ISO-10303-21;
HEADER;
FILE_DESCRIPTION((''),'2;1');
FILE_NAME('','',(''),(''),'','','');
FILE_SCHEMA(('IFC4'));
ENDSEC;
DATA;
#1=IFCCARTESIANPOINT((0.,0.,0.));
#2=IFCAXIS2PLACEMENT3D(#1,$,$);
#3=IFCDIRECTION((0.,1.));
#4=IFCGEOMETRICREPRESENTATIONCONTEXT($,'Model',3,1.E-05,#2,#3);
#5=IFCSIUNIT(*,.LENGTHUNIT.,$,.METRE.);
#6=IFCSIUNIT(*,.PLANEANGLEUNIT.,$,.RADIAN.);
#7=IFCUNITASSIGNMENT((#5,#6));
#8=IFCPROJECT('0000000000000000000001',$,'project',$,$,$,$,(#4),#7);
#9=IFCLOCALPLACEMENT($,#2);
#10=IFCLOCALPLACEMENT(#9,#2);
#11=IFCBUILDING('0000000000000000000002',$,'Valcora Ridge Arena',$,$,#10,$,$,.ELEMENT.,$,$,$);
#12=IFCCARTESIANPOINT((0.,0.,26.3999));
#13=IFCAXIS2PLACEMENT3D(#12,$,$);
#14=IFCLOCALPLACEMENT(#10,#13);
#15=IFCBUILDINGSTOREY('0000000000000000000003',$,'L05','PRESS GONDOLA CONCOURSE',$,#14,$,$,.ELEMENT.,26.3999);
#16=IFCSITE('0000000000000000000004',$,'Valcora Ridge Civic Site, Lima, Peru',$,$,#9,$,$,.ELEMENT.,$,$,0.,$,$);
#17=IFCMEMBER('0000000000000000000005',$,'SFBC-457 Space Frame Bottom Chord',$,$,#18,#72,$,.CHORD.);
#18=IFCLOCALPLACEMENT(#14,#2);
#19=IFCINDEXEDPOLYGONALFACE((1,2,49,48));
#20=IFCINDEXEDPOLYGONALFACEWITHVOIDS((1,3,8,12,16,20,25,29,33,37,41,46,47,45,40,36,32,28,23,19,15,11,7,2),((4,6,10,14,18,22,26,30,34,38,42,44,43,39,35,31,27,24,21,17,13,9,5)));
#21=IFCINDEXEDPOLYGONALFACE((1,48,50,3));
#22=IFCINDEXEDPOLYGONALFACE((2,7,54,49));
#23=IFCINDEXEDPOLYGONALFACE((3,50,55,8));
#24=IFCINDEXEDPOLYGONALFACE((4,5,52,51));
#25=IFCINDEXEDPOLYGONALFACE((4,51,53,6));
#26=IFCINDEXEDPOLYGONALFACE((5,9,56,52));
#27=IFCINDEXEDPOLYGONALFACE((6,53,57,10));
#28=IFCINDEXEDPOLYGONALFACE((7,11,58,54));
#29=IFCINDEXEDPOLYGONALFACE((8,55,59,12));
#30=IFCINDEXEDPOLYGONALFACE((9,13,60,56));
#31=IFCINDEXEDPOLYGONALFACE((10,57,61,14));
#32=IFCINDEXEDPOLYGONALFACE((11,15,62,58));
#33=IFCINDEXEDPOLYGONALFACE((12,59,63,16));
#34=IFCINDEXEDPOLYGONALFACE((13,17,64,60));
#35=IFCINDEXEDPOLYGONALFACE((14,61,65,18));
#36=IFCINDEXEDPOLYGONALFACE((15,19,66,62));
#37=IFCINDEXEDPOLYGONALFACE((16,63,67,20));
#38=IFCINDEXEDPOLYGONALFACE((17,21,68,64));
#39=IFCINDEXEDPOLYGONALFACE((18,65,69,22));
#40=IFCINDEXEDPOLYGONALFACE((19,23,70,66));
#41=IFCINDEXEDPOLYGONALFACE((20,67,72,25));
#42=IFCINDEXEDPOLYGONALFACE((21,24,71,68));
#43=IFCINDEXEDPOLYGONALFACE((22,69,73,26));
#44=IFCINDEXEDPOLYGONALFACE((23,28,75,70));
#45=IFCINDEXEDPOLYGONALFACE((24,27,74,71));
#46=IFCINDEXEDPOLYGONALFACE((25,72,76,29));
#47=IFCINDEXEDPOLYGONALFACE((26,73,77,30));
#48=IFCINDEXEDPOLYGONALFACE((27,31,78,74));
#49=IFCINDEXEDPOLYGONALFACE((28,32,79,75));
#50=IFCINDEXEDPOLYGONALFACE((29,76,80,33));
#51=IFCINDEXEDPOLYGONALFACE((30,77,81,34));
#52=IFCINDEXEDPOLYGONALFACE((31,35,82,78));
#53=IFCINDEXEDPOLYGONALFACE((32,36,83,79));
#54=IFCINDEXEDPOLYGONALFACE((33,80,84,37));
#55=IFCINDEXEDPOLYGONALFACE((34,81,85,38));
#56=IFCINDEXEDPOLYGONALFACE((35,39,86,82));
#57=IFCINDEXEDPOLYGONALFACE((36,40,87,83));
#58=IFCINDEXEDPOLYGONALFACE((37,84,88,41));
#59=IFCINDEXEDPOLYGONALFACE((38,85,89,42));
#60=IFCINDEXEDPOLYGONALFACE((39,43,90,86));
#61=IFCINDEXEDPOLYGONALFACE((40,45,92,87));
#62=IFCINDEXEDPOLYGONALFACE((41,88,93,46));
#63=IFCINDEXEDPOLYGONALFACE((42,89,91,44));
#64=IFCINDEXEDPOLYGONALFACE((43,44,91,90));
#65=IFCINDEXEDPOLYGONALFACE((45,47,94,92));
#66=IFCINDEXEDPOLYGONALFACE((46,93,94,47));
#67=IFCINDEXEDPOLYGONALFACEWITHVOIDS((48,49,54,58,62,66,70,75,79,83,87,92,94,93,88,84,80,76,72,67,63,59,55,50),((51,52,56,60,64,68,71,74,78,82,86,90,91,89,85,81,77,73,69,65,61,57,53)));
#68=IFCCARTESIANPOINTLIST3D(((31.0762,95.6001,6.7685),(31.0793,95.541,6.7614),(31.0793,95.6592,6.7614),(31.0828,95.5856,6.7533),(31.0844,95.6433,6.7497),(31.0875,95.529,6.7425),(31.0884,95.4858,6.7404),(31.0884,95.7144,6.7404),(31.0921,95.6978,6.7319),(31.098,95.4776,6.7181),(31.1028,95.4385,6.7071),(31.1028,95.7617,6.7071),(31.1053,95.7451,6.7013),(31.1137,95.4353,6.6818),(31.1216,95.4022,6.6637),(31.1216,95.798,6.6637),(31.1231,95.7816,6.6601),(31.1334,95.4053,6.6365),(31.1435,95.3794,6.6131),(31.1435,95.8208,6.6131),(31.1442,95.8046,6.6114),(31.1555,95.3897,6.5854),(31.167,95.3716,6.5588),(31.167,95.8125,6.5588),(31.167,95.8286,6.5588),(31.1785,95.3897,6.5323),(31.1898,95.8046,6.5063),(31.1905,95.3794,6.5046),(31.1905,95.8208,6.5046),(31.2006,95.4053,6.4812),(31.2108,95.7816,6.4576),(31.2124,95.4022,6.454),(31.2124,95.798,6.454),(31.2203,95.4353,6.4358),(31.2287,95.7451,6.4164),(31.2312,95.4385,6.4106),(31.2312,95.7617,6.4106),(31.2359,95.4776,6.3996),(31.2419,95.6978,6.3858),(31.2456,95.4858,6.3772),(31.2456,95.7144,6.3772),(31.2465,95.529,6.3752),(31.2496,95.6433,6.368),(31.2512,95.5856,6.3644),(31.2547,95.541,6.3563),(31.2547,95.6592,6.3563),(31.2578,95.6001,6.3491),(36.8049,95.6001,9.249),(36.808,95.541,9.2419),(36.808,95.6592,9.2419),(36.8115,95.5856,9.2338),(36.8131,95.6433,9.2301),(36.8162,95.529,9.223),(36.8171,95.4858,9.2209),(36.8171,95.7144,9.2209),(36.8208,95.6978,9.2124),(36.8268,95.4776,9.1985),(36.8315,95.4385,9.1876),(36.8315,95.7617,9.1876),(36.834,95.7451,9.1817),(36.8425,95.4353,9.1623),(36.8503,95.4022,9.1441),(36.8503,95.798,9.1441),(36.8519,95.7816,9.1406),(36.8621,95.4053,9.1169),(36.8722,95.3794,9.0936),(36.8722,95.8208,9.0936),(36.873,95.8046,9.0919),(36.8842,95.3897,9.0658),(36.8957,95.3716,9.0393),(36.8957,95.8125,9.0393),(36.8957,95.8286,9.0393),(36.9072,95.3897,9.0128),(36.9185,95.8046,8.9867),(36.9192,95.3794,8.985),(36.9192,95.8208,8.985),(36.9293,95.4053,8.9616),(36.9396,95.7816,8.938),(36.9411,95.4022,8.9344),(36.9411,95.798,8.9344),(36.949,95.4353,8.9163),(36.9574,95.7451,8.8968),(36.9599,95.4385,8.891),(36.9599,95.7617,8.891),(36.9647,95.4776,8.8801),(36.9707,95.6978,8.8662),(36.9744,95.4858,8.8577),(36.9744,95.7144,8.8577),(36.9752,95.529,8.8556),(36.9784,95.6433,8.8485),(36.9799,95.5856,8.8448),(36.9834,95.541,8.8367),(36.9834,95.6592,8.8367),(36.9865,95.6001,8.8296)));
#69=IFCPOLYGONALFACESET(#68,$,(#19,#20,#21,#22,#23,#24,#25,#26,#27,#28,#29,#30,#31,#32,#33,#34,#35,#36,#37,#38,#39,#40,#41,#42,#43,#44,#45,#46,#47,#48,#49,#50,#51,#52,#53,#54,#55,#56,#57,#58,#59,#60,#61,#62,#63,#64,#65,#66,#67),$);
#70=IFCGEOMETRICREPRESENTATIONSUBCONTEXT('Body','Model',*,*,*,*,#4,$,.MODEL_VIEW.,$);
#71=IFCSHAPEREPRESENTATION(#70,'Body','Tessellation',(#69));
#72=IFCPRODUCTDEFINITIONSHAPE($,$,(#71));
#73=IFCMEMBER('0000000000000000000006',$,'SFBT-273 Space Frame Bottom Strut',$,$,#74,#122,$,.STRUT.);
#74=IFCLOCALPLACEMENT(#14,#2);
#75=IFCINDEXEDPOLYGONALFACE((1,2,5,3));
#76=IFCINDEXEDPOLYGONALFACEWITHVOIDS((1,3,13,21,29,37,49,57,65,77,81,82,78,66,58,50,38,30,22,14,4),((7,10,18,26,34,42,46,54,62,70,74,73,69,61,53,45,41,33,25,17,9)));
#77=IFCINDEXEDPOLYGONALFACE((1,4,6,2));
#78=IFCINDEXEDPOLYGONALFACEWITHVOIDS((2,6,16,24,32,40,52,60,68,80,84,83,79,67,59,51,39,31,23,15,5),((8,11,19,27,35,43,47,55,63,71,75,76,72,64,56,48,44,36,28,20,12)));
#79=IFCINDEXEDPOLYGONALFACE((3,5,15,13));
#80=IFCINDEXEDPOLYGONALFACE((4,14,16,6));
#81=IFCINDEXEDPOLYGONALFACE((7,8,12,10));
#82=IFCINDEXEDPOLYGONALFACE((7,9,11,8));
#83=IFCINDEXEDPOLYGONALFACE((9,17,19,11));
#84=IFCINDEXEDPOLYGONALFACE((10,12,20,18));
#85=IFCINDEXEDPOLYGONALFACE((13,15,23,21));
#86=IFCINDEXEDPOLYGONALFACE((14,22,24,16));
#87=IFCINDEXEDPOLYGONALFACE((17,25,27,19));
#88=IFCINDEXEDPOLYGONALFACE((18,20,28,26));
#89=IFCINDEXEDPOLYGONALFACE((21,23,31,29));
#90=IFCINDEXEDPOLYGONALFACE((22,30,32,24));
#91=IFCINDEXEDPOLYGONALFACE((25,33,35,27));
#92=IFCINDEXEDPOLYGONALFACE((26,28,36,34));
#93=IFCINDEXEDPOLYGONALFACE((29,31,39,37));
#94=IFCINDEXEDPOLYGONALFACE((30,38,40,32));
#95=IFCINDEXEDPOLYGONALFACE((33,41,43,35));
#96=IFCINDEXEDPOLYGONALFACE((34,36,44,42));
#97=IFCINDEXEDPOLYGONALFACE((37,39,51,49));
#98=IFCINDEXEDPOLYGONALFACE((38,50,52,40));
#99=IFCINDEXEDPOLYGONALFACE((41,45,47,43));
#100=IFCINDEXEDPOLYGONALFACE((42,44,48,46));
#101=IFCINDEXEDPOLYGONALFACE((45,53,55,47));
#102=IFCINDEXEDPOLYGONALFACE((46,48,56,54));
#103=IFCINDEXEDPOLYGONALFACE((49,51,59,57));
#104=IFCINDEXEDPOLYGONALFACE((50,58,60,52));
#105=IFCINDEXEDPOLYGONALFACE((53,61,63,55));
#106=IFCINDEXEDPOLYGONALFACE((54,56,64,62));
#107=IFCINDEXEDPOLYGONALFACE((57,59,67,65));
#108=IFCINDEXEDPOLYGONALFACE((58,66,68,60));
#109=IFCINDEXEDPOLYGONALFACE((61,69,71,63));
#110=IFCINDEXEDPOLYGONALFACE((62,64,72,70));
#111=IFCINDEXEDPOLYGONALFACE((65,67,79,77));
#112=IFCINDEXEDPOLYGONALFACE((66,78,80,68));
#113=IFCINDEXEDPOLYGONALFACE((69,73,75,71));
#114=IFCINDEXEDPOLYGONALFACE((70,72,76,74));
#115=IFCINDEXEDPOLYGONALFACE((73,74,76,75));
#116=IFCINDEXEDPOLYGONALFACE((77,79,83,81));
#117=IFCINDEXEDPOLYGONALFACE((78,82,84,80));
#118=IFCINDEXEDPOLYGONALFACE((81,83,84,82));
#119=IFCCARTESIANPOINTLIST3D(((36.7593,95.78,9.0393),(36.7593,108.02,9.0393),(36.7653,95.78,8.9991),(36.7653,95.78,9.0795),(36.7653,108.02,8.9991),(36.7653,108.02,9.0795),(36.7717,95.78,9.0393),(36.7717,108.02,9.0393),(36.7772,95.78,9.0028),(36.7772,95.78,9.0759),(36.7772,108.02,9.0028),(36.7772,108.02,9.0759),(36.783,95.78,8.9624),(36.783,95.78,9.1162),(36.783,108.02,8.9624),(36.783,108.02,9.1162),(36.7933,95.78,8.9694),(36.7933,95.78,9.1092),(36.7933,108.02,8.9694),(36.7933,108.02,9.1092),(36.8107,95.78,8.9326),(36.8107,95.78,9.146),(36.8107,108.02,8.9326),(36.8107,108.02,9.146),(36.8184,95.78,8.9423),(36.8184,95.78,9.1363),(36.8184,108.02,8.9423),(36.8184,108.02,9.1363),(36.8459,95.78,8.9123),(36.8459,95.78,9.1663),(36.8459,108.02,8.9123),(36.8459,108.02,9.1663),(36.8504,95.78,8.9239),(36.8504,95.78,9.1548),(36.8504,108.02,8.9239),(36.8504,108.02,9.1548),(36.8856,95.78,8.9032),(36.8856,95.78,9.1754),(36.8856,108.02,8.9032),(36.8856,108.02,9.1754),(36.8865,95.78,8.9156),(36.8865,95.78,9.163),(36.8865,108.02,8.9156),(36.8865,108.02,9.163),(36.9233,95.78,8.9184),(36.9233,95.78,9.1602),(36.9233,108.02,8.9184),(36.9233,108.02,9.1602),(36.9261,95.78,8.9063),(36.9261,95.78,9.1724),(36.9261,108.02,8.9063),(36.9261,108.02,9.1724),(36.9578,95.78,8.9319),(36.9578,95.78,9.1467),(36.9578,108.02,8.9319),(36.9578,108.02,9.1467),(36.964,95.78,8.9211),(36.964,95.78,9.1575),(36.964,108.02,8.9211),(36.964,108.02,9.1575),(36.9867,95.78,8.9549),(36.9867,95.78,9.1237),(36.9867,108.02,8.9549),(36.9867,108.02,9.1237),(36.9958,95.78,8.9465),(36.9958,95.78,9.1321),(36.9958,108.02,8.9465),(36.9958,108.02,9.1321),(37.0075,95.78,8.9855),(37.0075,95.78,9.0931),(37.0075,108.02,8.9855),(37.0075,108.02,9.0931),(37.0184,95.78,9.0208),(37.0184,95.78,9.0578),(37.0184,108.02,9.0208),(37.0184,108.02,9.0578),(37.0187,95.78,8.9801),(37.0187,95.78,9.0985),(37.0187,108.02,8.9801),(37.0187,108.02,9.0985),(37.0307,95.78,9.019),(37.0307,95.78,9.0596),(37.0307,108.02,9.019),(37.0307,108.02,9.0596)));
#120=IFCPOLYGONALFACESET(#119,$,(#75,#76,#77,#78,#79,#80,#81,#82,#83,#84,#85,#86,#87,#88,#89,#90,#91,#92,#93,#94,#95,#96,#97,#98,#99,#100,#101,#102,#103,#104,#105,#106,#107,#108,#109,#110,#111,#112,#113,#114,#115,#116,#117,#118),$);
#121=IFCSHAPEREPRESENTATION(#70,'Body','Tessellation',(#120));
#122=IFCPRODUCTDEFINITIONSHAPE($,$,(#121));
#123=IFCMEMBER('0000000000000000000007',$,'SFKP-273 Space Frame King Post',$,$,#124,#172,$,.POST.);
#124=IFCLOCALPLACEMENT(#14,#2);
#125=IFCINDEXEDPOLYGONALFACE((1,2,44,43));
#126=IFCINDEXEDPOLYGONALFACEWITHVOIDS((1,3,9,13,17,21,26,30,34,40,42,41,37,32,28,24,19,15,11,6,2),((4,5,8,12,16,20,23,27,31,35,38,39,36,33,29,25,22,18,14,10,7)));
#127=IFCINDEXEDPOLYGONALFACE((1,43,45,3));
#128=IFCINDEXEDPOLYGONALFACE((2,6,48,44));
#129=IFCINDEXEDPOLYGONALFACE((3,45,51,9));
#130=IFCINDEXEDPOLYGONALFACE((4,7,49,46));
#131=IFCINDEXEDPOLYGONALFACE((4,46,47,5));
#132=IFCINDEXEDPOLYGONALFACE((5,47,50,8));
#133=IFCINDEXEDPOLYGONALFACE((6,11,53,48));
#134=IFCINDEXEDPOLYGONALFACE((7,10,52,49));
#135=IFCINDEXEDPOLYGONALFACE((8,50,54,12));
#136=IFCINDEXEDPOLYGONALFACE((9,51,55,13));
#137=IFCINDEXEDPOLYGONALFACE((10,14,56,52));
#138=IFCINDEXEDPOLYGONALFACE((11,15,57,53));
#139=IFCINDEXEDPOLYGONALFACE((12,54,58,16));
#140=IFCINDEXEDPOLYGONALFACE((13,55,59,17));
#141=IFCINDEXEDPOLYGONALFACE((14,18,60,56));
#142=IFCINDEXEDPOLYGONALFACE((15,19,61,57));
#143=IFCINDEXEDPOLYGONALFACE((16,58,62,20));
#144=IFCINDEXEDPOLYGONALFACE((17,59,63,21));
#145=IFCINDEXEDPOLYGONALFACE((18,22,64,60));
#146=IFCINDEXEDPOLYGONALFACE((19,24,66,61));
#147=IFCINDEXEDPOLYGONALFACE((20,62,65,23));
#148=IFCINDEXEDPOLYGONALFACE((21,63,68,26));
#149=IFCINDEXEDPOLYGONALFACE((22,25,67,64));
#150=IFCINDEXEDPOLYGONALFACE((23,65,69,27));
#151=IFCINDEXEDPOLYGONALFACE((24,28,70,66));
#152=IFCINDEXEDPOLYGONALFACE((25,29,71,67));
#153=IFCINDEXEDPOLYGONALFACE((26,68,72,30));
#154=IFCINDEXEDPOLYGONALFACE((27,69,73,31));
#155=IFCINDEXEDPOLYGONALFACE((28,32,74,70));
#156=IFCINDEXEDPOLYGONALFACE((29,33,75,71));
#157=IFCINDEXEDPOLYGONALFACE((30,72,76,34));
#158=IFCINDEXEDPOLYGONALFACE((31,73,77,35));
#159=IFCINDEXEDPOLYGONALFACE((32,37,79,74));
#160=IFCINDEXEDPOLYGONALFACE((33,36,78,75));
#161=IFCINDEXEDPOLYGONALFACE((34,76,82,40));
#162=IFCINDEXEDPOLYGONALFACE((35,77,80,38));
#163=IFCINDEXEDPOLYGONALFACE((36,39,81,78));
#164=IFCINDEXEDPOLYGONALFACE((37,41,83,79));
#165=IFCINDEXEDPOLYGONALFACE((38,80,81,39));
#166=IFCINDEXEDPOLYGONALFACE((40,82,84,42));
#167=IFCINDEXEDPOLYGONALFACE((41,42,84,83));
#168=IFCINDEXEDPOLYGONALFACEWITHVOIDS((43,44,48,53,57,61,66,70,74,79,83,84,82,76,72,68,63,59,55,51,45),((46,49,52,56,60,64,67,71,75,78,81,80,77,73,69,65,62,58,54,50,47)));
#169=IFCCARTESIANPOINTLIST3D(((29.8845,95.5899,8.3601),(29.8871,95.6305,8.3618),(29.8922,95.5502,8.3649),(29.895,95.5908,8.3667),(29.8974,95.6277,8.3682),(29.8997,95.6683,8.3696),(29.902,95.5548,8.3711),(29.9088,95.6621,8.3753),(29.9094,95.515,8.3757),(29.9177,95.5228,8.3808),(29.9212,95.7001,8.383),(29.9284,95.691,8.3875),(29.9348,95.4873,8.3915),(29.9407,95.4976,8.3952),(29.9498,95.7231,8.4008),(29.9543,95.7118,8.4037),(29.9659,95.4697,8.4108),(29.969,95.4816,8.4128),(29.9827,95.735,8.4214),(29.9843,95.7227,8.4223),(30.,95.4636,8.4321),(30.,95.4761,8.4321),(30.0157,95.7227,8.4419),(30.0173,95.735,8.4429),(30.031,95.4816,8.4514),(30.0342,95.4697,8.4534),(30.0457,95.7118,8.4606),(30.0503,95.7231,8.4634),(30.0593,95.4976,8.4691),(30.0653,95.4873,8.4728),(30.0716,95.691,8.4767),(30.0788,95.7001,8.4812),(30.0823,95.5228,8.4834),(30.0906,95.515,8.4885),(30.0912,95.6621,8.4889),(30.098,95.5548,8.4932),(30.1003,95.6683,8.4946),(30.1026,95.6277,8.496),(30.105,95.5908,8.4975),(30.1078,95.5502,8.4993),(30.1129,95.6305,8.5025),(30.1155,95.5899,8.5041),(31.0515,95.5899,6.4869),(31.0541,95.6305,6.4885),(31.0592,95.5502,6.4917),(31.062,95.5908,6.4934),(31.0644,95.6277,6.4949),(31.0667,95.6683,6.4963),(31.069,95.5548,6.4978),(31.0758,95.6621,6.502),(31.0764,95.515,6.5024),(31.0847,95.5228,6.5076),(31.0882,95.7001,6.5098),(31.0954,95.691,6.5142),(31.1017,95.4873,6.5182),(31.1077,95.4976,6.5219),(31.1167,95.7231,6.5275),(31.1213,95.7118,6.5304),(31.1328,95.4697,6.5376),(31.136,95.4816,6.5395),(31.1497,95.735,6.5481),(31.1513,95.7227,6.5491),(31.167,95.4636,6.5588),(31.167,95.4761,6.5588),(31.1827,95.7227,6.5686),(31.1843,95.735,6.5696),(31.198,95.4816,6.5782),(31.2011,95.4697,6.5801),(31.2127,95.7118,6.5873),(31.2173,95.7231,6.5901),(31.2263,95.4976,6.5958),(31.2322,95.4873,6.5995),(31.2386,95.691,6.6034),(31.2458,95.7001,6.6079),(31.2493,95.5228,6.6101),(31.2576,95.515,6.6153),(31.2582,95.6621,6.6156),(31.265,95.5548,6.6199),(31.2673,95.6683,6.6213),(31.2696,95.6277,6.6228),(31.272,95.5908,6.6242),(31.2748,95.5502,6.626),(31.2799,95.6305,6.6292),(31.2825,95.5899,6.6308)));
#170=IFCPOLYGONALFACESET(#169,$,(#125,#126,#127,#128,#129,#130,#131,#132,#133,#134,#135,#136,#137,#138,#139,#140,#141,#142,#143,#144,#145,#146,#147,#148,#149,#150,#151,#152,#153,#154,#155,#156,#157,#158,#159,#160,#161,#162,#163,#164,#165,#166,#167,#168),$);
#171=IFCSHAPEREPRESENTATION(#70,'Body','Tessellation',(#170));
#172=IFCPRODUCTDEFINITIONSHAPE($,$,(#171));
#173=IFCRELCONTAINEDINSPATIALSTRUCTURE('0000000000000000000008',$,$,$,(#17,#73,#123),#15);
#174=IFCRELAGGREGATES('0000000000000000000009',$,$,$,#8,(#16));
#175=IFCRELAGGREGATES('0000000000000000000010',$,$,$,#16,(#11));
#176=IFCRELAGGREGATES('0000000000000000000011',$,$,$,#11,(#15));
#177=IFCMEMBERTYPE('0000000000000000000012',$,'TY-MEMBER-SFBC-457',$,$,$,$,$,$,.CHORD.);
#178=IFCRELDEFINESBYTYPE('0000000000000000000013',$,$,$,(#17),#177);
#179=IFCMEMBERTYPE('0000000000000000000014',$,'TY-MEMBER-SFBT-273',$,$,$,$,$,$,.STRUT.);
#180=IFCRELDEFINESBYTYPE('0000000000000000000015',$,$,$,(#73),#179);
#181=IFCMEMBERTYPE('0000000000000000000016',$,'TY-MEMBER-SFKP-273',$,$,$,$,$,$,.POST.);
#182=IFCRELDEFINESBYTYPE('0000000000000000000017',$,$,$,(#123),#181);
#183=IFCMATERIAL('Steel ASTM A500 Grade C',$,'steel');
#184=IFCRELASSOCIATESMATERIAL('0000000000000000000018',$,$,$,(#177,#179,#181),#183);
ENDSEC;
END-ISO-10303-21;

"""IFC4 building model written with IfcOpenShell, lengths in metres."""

from ifc_helpers import new_model, si_unit, direction, frame, origin, origin_2d, place, context, subcontext, project, spatial, hollow_circle, extrude, material, material_profile, profile_set, type_object, element, save


model = new_model("IFC4")

# Units and contexts
model_context = context("Model", 3, precision=1e-05, world=origin(), true_north=direction((0.0, 1.0)))
body_context = subcontext(model_context, "Body", "Model", "MODEL_VIEW")
ifc_project = project(units=[si_unit("LENGTHUNIT", "METRE"), si_unit("PLANEANGLEUNIT", "RADIAN")], contexts=[model_context])

# Site, building, storey
site_placement = place(None, origin())
site = spatial("IfcSite", under=ifc_project, at=site_placement, Name="Valcora Ridge Civic Site, Lima, Peru", CompositionType="ELEMENT", RefElevation=0.0)
building_placement = place(site_placement, origin())
building = spatial("IfcBuilding", under=site, at=building_placement, Name="Valcora Ridge Arena", CompositionType="ELEMENT")
storey_placement = place(building_placement, frame((0.0, 0.0, 26.3999)))
storey = spatial("IfcBuildingStorey", under=building, at=storey_placement, Name="L05", Description="PRESS GONDOLA CONCOURSE", CompositionType="ELEMENT", Elevation=26.3999)

# Members
ifc_material_1 = material(Name="Steel ASTM A500 Grade C", Category="steel")
ifc_material_profile_1 = material_profile(ifc_material_1, hollow_circle(Radius=0.2285, WallThickness=0.0161, at=origin_2d()), Name="CHS457X16")
ifc_profile_set_1 = profile_set([ifc_material_profile_1], Name="Steel ASTM A500 Grade C")
member_type_1 = type_object("IfcMemberType", Name="TY-MEMBER-SFBC-457", PredefinedType="CHORD", material=ifc_profile_set_1)
member_1_placement = place(storey_placement, frame((31.167, 95.6001, 6.5588), z_axis=(0.917672, 0.0, 0.397339), x_axis=(0.0, 1.0, 0.0)))
element("IfcMember", 1, at=member_1_placement, inside=storey, type_object=member_type_1, Name="SFBC-457 Space Frame Bottom Chord", PredefinedType="CHORD", context=body_context, shape_type="SweptSolid", body=[
    extrude(hollow_circle(Radius=0.2285, WallThickness=0.0161, at=origin_2d()), origin(), (0.0, 0.0, 1.0), 6.2427),
])
ifc_material_profile_2 = material_profile(ifc_material_1, hollow_circle(Radius=0.1365, WallThickness=0.0125, at=origin_2d()), Name="CHS273X12")
ifc_profile_set_2 = profile_set([ifc_material_profile_2], Name="Steel ASTM A500 Grade C")
member_type_2 = type_object("IfcMemberType", Name="TY-MEMBER-SFBT-273", PredefinedType="STRUT", material=ifc_profile_set_2)
member_2_placement = place(storey_placement, frame((36.8958, 95.78, 9.0393), z_axis=(0.0, 1.0, 0.0), x_axis=(-1.0, 0.0, 0.0)))
element("IfcMember", 2, at=member_2_placement, inside=storey, type_object=member_type_2, Name="SFBT-273 Space Frame Bottom Strut", PredefinedType="STRUT", context=body_context, shape_type="SweptSolid", body=[
    extrude(hollow_circle(Radius=0.1365, WallThickness=0.0125, at=origin_2d()), origin(), (0.0, 0.0, 1.0), 12.24),
])
ifc_material_profile_3 = material_profile(ifc_material_1, hollow_circle(Radius=0.1365, WallThickness=0.0125, at=origin_2d()), Name="CHS273X12")
ifc_profile_set_3 = profile_set([ifc_material_profile_3], Name="Steel ASTM A500 Grade C")
member_type_3 = type_object("IfcMemberType", Name="TY-MEMBER-SFKP-273", PredefinedType="POST", material=ifc_profile_set_3)
member_3_placement = place(storey_placement, frame((31.167, 95.6001, 6.5588), z_axis=(-0.528755, 0.0, 0.848774), x_axis=(0.0, -1.0, 0.0)))
element("IfcMember", 3, at=member_3_placement, inside=storey, type_object=member_type_3, Name="SFKP-273 Space Frame King Post", PredefinedType="POST", context=body_context, shape_type="SweptSolid", body=[
    extrude(hollow_circle(Radius=0.1365, WallThickness=0.0125, at=origin_2d()), origin(), (0.0, 0.0, 1.0), 2.207),
])

save(model, "model.ifc")
